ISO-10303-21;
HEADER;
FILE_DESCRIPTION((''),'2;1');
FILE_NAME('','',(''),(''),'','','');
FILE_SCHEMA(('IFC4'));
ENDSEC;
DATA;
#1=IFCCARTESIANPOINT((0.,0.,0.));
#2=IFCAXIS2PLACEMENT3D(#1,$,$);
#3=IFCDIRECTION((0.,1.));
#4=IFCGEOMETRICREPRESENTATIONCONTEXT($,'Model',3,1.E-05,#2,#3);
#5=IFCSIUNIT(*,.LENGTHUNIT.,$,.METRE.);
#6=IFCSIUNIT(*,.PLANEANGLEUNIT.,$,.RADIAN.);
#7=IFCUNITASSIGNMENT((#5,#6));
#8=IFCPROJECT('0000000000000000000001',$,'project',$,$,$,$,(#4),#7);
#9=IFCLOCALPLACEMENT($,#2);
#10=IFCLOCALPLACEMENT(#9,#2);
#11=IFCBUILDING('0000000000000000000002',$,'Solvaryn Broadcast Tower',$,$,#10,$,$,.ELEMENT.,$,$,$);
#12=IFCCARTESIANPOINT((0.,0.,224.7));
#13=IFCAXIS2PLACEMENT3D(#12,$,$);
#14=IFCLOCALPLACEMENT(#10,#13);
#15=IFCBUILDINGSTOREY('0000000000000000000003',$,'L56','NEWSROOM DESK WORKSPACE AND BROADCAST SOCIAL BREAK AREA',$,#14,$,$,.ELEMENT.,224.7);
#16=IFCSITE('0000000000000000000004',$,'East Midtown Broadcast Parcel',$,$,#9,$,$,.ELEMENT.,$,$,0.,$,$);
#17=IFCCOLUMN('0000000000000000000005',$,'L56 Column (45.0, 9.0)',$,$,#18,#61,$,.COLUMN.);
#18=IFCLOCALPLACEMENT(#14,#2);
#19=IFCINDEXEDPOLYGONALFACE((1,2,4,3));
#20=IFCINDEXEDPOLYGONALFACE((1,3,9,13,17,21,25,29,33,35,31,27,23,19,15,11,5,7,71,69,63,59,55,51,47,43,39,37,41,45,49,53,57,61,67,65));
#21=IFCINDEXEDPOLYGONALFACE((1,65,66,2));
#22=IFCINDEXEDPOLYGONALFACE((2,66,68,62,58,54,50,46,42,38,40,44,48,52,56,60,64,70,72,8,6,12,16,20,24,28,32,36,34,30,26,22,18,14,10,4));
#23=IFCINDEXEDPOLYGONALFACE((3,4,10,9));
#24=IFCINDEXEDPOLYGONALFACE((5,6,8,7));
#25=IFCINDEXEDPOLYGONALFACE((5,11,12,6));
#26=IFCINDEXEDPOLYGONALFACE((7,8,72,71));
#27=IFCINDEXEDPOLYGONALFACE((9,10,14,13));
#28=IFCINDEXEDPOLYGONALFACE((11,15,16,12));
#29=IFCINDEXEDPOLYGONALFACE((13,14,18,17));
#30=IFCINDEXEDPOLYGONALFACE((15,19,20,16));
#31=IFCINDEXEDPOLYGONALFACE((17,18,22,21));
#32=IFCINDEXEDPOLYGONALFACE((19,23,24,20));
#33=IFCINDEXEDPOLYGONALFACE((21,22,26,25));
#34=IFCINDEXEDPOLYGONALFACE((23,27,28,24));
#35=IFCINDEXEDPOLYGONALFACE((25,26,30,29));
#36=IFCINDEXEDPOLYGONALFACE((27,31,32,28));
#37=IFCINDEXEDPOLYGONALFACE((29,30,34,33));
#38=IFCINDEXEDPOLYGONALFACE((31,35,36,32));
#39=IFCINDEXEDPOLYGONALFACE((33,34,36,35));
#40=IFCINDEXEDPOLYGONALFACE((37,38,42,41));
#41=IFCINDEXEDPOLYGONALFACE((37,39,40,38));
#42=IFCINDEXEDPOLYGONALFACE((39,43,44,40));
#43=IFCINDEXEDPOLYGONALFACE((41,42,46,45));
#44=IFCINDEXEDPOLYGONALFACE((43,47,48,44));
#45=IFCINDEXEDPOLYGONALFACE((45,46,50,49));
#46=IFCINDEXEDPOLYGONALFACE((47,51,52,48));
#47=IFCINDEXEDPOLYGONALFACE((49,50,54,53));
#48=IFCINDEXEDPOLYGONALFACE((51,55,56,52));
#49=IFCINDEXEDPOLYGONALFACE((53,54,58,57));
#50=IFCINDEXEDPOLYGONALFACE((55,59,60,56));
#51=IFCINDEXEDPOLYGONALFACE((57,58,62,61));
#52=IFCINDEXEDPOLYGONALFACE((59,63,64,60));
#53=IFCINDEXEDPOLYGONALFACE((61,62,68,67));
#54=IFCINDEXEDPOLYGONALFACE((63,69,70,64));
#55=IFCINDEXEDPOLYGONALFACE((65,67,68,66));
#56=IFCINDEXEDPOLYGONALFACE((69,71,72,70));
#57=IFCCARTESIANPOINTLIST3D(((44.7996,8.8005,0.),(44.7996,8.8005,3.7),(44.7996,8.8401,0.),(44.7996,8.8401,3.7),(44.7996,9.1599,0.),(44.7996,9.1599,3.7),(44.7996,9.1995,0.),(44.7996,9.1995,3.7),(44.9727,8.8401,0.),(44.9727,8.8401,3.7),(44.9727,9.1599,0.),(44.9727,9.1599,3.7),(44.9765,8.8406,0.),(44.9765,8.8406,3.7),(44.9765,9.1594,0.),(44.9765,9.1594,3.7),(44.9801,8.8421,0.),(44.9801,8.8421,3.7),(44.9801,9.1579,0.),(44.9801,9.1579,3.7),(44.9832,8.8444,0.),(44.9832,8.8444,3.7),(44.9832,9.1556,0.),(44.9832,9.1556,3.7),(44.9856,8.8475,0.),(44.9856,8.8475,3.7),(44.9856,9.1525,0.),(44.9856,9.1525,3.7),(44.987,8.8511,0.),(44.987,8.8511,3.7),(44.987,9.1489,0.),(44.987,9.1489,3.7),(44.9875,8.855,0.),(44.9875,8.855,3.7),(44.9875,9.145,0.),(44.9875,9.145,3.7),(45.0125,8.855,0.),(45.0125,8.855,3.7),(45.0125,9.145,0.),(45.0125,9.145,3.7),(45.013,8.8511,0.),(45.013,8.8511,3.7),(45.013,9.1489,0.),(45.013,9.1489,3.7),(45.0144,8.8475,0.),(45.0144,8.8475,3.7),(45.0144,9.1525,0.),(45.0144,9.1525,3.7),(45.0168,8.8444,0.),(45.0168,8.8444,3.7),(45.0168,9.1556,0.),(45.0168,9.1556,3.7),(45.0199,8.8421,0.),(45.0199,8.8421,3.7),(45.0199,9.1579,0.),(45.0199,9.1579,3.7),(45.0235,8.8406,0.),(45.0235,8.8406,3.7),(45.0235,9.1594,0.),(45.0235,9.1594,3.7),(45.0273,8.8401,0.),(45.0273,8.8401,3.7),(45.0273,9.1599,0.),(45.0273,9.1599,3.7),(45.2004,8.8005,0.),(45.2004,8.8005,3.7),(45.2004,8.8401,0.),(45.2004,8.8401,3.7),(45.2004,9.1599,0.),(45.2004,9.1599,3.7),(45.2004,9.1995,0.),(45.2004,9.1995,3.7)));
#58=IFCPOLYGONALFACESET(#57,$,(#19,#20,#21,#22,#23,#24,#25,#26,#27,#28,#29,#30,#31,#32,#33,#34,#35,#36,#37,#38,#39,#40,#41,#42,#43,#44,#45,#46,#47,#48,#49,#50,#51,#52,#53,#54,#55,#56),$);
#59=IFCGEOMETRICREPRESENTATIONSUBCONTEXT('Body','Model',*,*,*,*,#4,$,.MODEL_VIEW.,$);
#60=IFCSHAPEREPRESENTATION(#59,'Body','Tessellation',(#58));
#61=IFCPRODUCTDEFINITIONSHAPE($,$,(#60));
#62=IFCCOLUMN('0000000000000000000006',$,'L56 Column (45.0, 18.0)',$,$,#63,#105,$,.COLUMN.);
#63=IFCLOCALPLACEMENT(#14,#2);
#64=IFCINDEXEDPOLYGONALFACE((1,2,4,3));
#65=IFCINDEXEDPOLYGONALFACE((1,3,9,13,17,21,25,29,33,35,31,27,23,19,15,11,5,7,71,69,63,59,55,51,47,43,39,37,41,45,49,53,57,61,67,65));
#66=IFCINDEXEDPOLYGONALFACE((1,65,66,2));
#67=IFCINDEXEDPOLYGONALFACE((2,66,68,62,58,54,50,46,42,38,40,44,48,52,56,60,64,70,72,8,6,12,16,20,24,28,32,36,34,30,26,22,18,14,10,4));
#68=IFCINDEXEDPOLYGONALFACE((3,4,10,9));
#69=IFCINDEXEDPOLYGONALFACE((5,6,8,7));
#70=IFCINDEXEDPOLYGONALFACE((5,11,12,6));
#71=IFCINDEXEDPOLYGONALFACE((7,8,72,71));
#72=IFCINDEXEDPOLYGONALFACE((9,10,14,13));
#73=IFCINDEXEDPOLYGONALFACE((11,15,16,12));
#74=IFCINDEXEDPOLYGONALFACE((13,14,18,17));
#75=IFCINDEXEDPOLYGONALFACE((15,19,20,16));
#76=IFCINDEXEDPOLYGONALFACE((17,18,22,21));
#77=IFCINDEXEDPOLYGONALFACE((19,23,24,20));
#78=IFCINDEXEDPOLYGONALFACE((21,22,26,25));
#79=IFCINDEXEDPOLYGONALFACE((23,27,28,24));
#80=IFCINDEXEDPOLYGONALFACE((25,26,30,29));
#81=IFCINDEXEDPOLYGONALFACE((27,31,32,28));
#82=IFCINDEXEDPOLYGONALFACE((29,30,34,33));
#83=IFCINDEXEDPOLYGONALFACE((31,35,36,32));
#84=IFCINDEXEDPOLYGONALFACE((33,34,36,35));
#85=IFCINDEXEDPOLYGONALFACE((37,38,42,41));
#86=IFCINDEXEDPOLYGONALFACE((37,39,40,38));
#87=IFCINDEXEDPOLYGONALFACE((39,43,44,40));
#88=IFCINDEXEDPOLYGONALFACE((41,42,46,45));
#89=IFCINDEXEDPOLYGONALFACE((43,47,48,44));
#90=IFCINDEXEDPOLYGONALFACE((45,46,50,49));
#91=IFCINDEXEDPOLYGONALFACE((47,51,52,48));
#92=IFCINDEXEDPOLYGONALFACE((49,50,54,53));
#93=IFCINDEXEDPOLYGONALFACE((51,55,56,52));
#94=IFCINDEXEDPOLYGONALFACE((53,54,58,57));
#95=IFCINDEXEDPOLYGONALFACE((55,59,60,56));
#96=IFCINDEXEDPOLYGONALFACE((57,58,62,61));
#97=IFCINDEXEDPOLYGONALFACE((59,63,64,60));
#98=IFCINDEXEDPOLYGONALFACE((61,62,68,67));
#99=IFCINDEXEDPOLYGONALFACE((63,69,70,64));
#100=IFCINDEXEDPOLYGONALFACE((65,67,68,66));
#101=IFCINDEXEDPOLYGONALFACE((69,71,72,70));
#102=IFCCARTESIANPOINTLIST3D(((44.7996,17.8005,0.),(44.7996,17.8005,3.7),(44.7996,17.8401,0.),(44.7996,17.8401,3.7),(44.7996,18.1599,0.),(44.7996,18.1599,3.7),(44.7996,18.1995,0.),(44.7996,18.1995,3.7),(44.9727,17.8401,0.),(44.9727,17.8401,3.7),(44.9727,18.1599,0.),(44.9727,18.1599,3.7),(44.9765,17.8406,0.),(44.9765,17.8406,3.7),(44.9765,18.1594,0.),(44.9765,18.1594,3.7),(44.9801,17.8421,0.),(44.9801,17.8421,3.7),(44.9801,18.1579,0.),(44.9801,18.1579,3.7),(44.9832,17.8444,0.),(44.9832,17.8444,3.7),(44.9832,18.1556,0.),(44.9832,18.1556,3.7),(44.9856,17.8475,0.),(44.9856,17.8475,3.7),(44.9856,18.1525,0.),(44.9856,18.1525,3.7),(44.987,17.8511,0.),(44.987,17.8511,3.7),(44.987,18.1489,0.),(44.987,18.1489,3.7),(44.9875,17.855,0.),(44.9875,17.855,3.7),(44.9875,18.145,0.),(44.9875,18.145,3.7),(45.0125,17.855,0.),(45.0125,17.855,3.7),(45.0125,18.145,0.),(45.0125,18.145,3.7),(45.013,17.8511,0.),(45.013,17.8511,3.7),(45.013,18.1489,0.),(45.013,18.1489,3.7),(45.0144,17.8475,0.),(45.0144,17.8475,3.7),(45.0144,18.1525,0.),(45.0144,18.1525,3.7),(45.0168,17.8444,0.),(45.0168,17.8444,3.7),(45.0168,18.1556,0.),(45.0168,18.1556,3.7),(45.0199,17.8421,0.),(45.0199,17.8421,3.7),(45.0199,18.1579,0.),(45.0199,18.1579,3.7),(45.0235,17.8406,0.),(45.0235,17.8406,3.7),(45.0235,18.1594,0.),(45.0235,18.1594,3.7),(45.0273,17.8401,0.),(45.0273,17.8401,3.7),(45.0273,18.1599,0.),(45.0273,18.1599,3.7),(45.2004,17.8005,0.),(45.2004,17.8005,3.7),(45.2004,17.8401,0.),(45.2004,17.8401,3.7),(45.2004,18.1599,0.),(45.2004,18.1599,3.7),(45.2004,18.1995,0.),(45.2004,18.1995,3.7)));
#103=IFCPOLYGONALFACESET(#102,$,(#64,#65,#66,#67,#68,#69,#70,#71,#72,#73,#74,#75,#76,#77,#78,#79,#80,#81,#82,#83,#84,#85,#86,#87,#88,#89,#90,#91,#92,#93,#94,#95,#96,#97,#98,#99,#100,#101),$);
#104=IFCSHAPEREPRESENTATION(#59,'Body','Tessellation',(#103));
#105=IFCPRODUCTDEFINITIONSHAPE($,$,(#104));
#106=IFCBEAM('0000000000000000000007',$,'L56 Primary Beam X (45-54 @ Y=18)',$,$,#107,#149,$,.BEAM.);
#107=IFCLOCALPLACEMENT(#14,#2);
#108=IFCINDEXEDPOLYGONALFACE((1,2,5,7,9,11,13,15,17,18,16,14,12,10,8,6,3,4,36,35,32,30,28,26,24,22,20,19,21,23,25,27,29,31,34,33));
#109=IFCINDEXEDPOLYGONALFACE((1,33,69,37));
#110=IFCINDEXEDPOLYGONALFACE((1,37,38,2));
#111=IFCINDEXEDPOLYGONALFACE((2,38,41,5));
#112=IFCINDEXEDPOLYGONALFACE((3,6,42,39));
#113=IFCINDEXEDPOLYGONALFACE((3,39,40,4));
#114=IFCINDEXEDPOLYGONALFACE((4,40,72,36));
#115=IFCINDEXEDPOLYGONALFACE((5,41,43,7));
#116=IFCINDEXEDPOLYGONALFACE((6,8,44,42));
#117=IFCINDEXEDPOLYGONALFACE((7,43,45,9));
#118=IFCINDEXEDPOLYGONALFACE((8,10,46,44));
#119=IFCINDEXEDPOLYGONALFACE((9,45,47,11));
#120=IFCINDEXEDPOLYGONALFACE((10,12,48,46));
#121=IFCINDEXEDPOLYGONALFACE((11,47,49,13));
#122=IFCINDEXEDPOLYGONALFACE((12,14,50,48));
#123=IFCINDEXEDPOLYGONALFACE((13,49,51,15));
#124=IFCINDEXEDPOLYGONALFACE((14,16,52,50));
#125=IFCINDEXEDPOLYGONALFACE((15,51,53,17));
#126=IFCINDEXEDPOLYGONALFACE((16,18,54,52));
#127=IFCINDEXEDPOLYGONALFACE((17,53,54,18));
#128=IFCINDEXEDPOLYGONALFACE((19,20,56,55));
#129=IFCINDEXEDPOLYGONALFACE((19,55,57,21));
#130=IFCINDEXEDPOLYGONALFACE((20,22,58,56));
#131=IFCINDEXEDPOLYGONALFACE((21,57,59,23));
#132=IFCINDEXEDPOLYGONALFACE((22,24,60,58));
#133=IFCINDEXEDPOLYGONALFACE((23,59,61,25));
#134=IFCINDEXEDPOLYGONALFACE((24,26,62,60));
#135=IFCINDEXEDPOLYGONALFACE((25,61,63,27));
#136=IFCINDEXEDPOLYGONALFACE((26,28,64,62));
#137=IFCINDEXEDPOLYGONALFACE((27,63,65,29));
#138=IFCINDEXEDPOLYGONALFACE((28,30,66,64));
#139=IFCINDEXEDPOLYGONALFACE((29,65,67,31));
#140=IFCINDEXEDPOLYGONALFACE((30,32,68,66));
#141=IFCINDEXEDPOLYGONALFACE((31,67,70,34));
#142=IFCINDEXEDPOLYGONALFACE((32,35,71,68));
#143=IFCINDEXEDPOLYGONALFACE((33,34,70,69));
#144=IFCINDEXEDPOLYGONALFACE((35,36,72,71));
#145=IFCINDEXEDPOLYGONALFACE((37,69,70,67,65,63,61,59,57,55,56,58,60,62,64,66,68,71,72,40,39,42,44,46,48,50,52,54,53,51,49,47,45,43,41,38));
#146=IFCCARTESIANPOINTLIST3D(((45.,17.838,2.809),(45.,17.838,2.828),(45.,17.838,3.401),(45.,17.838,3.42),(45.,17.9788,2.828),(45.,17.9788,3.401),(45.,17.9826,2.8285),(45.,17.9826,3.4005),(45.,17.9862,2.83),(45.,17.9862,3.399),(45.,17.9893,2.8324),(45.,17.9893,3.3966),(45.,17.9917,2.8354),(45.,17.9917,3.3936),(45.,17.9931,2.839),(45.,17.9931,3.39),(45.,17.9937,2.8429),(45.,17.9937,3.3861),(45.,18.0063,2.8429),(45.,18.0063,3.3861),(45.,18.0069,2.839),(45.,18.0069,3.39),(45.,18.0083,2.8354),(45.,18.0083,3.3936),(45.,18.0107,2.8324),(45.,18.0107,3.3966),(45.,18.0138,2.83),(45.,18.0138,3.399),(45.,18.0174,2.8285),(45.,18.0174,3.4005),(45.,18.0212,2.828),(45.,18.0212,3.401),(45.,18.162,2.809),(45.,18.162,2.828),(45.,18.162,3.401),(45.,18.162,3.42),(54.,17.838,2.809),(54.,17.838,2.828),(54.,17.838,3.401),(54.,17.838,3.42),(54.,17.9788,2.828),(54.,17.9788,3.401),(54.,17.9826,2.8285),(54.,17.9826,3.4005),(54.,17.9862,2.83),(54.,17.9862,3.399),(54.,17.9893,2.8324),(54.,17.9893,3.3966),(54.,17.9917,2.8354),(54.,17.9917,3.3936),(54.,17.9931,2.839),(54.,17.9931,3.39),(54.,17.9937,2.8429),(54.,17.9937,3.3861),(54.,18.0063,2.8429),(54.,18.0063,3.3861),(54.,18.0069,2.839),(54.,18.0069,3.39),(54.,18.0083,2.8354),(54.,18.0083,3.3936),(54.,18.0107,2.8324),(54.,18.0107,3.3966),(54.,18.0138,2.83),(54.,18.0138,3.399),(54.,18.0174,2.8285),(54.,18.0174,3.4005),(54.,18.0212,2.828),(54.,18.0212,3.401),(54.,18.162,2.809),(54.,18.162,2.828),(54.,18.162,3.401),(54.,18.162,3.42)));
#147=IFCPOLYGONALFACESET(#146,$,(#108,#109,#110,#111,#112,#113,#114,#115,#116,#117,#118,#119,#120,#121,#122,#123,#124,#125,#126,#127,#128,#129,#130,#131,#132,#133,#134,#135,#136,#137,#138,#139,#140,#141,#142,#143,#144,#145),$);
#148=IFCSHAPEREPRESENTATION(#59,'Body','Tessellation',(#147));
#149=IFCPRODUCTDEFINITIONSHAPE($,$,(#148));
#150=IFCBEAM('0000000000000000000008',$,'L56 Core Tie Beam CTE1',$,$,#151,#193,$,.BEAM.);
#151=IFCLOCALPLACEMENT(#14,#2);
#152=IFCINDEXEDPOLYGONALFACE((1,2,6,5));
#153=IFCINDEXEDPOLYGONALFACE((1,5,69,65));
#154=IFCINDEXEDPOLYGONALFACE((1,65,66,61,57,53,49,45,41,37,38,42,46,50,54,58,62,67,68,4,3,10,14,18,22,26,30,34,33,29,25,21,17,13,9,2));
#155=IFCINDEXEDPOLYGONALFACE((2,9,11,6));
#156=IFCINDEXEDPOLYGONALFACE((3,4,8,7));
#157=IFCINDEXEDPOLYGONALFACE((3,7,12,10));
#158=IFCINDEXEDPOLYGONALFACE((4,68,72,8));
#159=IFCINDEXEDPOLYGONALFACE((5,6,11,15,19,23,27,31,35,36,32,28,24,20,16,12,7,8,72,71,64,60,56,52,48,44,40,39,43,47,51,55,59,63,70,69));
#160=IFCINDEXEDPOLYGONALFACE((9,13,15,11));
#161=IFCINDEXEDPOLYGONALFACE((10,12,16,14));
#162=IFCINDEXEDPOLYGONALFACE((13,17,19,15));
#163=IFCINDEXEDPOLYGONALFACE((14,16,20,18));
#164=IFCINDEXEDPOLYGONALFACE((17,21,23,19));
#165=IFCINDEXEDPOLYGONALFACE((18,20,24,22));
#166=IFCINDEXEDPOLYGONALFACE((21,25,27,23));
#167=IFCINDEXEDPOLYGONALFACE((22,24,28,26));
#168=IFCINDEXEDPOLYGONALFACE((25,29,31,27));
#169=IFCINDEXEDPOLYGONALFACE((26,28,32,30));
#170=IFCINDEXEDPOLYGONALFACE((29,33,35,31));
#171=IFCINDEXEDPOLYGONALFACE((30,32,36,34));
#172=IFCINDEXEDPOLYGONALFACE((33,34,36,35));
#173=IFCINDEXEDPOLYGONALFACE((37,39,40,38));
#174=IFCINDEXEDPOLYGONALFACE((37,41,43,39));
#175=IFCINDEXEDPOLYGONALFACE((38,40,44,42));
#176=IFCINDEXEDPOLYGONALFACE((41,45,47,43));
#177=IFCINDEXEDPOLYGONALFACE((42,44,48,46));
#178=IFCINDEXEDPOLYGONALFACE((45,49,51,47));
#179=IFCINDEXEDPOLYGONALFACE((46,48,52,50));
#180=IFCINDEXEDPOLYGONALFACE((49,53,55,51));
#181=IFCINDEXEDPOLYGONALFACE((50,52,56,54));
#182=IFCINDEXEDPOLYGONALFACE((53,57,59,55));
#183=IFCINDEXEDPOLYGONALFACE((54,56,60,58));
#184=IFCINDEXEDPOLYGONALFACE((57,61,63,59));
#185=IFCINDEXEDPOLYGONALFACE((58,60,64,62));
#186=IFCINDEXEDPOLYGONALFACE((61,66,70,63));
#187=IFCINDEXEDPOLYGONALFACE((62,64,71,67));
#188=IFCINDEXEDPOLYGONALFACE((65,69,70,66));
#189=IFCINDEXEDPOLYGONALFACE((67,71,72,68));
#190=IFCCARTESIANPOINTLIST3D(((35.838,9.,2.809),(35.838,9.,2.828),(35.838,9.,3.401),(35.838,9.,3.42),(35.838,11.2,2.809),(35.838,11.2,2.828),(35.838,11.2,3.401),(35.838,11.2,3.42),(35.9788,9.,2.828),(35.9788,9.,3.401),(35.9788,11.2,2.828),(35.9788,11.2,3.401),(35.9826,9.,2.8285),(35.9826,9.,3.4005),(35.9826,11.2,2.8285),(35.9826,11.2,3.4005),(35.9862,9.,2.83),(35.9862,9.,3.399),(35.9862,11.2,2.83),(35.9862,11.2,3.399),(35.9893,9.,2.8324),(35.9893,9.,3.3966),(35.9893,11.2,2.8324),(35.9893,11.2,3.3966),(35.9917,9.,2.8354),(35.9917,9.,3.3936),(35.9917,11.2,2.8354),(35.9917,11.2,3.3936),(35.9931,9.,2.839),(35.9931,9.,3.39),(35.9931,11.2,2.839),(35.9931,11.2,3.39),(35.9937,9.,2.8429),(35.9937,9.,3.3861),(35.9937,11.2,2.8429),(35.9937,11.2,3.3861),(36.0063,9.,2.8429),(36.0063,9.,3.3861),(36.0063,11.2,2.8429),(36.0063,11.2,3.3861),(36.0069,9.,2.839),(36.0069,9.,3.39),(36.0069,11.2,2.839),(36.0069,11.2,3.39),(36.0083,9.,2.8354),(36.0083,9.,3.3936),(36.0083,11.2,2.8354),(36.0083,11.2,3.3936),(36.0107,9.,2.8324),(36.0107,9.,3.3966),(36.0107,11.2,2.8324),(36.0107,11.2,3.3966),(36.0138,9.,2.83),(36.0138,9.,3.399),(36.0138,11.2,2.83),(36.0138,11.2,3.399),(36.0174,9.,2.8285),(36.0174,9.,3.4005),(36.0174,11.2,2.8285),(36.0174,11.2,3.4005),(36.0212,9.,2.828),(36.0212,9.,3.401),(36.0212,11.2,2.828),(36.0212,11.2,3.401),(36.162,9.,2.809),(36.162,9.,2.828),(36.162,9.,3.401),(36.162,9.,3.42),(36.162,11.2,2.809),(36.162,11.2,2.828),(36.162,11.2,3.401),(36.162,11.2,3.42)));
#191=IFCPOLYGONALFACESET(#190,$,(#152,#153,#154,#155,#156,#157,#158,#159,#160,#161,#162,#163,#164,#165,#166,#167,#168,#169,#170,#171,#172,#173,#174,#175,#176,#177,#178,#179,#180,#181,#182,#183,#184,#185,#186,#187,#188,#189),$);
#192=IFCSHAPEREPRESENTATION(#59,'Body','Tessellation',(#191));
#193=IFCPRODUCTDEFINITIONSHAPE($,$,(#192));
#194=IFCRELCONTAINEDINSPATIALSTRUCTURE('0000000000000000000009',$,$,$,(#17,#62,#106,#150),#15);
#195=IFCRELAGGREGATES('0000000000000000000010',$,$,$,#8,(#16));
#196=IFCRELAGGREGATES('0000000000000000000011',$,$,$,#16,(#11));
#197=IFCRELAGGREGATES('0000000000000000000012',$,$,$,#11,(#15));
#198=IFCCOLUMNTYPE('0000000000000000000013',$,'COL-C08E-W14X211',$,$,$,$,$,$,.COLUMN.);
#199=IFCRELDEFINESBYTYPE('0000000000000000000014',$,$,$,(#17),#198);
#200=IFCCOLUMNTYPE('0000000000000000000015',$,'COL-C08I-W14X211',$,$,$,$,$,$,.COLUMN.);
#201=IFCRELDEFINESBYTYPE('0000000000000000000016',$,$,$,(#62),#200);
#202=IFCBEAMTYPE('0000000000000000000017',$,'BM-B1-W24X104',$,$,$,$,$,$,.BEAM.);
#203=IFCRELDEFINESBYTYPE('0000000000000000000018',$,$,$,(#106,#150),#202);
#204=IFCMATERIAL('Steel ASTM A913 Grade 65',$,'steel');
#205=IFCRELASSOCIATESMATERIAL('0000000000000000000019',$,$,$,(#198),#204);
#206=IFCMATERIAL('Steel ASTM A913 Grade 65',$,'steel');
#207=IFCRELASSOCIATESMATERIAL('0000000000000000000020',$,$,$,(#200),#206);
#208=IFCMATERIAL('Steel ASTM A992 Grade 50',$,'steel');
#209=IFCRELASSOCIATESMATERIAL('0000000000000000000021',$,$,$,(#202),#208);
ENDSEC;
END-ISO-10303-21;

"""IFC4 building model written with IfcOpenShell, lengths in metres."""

from ifc_helpers import new_model, si_unit, direction, frame, origin, origin_2d, place, context, subcontext, project, spatial, i_section, extrude, material, material_profile, profile_set, type_object, element, save


model = new_model("IFC4")

# Units and contexts
model_context = context("Model", 3, precision=1e-05, world=origin(), true_north=direction((0.0, 1.0)))
body_context = subcontext(model_context, "Body", "Model", "MODEL_VIEW")
ifc_project = project(units=[si_unit("LENGTHUNIT", "METRE"), si_unit("PLANEANGLEUNIT", "RADIAN")], contexts=[model_context])

# Site, building, storey
site_placement = place(None, origin())
site = spatial("IfcSite", under=ifc_project, at=site_placement, Name="East Midtown Broadcast Parcel", CompositionType="ELEMENT", RefElevation=0.0)
building_placement = place(site_placement, origin())
building = spatial("IfcBuilding", under=site, at=building_placement, Name="Solvaryn Broadcast Tower", CompositionType="ELEMENT")
storey_placement = place(building_placement, frame((0.0, 0.0, 224.7)))
storey = spatial("IfcBuildingStorey", under=building, at=storey_placement, Name="L56", Description="NEWSROOM DESK WORKSPACE AND BROADCAST SOCIAL BREAK AREA", CompositionType="ELEMENT", Elevation=224.7)

# Columns
ifc_material_1 = material(Name="Steel ASTM A913 Grade 65", Category="steel")
ifc_material_profile_1 = material_profile(ifc_material_1, i_section(OverallWidth=0.4009, OverallDepth=0.3989, WebThickness=0.0249, FlangeThickness=0.0396, FilletRadius=0.0149, at=origin_2d()))
ifc_profile_set_1 = profile_set([ifc_material_profile_1], Name="Steel ASTM A913 Grade 65")
column_type_1 = type_object("IfcColumnType", Name="COL-C08E-W14X211", PredefinedType="COLUMN", material=ifc_profile_set_1)
column_1_placement = place(storey_placement, frame((45.0, 9.0, 0.0), z_axis=(0.0, 0.0, 1.0), x_axis=(1.0, 0.0, 0.0)))
element("IfcColumn", 1, at=column_1_placement, inside=storey, type_object=column_type_1, Name="L56 Column (45.0, 9.0)", PredefinedType="COLUMN", context=body_context, shape_type="SweptSolid", body=[
    extrude(i_section(OverallWidth=0.4009, OverallDepth=0.3989, WebThickness=0.0249, FlangeThickness=0.0396, FilletRadius=0.0149, at=origin_2d()), origin(), (0.0, 0.0, 1.0), 3.7),
])
ifc_material_2 = material(Name="Steel ASTM A913 Grade 65", Category="steel")
ifc_material_profile_2 = material_profile(ifc_material_2, i_section(OverallWidth=0.4009, OverallDepth=0.3989, WebThickness=0.0249, FlangeThickness=0.0396, FilletRadius=0.0149, at=origin_2d()))
ifc_profile_set_2 = profile_set([ifc_material_profile_2], Name="Steel ASTM A913 Grade 65")
column_type_2 = type_object("IfcColumnType", Name="COL-C08I-W14X211", PredefinedType="COLUMN", material=ifc_profile_set_2)
column_2_placement = place(storey_placement, frame((45.0, 18.0, 0.0), z_axis=(0.0, 0.0, 1.0), x_axis=(1.0, 0.0, 0.0)))
element("IfcColumn", 2, at=column_2_placement, inside=storey, type_object=column_type_2, Name="L56 Column (45.0, 18.0)", PredefinedType="COLUMN", context=body_context, shape_type="SweptSolid", body=[
    extrude(i_section(OverallWidth=0.4009, OverallDepth=0.3989, WebThickness=0.0249, FlangeThickness=0.0396, FilletRadius=0.0149, at=origin_2d()), origin(), (0.0, 0.0, 1.0), 3.7),
])

# Beams
ifc_material_3 = material(Name="Steel ASTM A992 Grade 50", Category="steel")
ifc_material_profile_3 = material_profile(ifc_material_3, i_section(OverallWidth=0.324, OverallDepth=0.6111, WebThickness=0.0127, FlangeThickness=0.019, FilletRadius=0.0149, at=origin_2d()))
ifc_profile_set_3 = profile_set([ifc_material_profile_3], Name="Steel ASTM A992 Grade 50")
beam_type = type_object("IfcBeamType", Name="BM-B1-W24X104", PredefinedType="BEAM", material=ifc_profile_set_3)
beam_placement = place(storey_placement, frame((45.0, 18.0, 3.1145), z_axis=(1.0, 0.0, 0.0), x_axis=(0.0, 1.0, 0.0)))
element("IfcBeam", 3, at=beam_placement, inside=storey, type_object=beam_type, Name="L56 Primary Beam X (45-54 @ Y=18)", PredefinedType="BEAM", context=body_context, shape_type="SweptSolid", body=[
    extrude(i_section(OverallWidth=0.324, OverallDepth=0.6111, WebThickness=0.0127, FlangeThickness=0.019, FilletRadius=0.0149, at=origin_2d()), origin(), (0.0, 0.0, 1.0), 9.0),
])
for number, where, z_axis, x_axis, name in (
    (4, (36.0, 9.0, 3.1145), (0.0, 1.0, 0.0), (-1.0, 0.0, 0.0), "L56 Core Tie Beam CTE1"),
):
    element("IfcBeam", number, at=place(storey_placement, frame(where, z_axis=z_axis, x_axis=x_axis)), inside=storey, type_object=beam_type, Name=name, PredefinedType="BEAM", context=body_context, shape_type="SweptSolid", body=[
        extrude(i_section(OverallWidth=0.324, OverallDepth=0.6111, WebThickness=0.0127, FlangeThickness=0.019, FilletRadius=0.0149, at=origin_2d()), origin(), (0.0, 0.0, 1.0), 2.2),
    ])

save(model, "model.ifc")
